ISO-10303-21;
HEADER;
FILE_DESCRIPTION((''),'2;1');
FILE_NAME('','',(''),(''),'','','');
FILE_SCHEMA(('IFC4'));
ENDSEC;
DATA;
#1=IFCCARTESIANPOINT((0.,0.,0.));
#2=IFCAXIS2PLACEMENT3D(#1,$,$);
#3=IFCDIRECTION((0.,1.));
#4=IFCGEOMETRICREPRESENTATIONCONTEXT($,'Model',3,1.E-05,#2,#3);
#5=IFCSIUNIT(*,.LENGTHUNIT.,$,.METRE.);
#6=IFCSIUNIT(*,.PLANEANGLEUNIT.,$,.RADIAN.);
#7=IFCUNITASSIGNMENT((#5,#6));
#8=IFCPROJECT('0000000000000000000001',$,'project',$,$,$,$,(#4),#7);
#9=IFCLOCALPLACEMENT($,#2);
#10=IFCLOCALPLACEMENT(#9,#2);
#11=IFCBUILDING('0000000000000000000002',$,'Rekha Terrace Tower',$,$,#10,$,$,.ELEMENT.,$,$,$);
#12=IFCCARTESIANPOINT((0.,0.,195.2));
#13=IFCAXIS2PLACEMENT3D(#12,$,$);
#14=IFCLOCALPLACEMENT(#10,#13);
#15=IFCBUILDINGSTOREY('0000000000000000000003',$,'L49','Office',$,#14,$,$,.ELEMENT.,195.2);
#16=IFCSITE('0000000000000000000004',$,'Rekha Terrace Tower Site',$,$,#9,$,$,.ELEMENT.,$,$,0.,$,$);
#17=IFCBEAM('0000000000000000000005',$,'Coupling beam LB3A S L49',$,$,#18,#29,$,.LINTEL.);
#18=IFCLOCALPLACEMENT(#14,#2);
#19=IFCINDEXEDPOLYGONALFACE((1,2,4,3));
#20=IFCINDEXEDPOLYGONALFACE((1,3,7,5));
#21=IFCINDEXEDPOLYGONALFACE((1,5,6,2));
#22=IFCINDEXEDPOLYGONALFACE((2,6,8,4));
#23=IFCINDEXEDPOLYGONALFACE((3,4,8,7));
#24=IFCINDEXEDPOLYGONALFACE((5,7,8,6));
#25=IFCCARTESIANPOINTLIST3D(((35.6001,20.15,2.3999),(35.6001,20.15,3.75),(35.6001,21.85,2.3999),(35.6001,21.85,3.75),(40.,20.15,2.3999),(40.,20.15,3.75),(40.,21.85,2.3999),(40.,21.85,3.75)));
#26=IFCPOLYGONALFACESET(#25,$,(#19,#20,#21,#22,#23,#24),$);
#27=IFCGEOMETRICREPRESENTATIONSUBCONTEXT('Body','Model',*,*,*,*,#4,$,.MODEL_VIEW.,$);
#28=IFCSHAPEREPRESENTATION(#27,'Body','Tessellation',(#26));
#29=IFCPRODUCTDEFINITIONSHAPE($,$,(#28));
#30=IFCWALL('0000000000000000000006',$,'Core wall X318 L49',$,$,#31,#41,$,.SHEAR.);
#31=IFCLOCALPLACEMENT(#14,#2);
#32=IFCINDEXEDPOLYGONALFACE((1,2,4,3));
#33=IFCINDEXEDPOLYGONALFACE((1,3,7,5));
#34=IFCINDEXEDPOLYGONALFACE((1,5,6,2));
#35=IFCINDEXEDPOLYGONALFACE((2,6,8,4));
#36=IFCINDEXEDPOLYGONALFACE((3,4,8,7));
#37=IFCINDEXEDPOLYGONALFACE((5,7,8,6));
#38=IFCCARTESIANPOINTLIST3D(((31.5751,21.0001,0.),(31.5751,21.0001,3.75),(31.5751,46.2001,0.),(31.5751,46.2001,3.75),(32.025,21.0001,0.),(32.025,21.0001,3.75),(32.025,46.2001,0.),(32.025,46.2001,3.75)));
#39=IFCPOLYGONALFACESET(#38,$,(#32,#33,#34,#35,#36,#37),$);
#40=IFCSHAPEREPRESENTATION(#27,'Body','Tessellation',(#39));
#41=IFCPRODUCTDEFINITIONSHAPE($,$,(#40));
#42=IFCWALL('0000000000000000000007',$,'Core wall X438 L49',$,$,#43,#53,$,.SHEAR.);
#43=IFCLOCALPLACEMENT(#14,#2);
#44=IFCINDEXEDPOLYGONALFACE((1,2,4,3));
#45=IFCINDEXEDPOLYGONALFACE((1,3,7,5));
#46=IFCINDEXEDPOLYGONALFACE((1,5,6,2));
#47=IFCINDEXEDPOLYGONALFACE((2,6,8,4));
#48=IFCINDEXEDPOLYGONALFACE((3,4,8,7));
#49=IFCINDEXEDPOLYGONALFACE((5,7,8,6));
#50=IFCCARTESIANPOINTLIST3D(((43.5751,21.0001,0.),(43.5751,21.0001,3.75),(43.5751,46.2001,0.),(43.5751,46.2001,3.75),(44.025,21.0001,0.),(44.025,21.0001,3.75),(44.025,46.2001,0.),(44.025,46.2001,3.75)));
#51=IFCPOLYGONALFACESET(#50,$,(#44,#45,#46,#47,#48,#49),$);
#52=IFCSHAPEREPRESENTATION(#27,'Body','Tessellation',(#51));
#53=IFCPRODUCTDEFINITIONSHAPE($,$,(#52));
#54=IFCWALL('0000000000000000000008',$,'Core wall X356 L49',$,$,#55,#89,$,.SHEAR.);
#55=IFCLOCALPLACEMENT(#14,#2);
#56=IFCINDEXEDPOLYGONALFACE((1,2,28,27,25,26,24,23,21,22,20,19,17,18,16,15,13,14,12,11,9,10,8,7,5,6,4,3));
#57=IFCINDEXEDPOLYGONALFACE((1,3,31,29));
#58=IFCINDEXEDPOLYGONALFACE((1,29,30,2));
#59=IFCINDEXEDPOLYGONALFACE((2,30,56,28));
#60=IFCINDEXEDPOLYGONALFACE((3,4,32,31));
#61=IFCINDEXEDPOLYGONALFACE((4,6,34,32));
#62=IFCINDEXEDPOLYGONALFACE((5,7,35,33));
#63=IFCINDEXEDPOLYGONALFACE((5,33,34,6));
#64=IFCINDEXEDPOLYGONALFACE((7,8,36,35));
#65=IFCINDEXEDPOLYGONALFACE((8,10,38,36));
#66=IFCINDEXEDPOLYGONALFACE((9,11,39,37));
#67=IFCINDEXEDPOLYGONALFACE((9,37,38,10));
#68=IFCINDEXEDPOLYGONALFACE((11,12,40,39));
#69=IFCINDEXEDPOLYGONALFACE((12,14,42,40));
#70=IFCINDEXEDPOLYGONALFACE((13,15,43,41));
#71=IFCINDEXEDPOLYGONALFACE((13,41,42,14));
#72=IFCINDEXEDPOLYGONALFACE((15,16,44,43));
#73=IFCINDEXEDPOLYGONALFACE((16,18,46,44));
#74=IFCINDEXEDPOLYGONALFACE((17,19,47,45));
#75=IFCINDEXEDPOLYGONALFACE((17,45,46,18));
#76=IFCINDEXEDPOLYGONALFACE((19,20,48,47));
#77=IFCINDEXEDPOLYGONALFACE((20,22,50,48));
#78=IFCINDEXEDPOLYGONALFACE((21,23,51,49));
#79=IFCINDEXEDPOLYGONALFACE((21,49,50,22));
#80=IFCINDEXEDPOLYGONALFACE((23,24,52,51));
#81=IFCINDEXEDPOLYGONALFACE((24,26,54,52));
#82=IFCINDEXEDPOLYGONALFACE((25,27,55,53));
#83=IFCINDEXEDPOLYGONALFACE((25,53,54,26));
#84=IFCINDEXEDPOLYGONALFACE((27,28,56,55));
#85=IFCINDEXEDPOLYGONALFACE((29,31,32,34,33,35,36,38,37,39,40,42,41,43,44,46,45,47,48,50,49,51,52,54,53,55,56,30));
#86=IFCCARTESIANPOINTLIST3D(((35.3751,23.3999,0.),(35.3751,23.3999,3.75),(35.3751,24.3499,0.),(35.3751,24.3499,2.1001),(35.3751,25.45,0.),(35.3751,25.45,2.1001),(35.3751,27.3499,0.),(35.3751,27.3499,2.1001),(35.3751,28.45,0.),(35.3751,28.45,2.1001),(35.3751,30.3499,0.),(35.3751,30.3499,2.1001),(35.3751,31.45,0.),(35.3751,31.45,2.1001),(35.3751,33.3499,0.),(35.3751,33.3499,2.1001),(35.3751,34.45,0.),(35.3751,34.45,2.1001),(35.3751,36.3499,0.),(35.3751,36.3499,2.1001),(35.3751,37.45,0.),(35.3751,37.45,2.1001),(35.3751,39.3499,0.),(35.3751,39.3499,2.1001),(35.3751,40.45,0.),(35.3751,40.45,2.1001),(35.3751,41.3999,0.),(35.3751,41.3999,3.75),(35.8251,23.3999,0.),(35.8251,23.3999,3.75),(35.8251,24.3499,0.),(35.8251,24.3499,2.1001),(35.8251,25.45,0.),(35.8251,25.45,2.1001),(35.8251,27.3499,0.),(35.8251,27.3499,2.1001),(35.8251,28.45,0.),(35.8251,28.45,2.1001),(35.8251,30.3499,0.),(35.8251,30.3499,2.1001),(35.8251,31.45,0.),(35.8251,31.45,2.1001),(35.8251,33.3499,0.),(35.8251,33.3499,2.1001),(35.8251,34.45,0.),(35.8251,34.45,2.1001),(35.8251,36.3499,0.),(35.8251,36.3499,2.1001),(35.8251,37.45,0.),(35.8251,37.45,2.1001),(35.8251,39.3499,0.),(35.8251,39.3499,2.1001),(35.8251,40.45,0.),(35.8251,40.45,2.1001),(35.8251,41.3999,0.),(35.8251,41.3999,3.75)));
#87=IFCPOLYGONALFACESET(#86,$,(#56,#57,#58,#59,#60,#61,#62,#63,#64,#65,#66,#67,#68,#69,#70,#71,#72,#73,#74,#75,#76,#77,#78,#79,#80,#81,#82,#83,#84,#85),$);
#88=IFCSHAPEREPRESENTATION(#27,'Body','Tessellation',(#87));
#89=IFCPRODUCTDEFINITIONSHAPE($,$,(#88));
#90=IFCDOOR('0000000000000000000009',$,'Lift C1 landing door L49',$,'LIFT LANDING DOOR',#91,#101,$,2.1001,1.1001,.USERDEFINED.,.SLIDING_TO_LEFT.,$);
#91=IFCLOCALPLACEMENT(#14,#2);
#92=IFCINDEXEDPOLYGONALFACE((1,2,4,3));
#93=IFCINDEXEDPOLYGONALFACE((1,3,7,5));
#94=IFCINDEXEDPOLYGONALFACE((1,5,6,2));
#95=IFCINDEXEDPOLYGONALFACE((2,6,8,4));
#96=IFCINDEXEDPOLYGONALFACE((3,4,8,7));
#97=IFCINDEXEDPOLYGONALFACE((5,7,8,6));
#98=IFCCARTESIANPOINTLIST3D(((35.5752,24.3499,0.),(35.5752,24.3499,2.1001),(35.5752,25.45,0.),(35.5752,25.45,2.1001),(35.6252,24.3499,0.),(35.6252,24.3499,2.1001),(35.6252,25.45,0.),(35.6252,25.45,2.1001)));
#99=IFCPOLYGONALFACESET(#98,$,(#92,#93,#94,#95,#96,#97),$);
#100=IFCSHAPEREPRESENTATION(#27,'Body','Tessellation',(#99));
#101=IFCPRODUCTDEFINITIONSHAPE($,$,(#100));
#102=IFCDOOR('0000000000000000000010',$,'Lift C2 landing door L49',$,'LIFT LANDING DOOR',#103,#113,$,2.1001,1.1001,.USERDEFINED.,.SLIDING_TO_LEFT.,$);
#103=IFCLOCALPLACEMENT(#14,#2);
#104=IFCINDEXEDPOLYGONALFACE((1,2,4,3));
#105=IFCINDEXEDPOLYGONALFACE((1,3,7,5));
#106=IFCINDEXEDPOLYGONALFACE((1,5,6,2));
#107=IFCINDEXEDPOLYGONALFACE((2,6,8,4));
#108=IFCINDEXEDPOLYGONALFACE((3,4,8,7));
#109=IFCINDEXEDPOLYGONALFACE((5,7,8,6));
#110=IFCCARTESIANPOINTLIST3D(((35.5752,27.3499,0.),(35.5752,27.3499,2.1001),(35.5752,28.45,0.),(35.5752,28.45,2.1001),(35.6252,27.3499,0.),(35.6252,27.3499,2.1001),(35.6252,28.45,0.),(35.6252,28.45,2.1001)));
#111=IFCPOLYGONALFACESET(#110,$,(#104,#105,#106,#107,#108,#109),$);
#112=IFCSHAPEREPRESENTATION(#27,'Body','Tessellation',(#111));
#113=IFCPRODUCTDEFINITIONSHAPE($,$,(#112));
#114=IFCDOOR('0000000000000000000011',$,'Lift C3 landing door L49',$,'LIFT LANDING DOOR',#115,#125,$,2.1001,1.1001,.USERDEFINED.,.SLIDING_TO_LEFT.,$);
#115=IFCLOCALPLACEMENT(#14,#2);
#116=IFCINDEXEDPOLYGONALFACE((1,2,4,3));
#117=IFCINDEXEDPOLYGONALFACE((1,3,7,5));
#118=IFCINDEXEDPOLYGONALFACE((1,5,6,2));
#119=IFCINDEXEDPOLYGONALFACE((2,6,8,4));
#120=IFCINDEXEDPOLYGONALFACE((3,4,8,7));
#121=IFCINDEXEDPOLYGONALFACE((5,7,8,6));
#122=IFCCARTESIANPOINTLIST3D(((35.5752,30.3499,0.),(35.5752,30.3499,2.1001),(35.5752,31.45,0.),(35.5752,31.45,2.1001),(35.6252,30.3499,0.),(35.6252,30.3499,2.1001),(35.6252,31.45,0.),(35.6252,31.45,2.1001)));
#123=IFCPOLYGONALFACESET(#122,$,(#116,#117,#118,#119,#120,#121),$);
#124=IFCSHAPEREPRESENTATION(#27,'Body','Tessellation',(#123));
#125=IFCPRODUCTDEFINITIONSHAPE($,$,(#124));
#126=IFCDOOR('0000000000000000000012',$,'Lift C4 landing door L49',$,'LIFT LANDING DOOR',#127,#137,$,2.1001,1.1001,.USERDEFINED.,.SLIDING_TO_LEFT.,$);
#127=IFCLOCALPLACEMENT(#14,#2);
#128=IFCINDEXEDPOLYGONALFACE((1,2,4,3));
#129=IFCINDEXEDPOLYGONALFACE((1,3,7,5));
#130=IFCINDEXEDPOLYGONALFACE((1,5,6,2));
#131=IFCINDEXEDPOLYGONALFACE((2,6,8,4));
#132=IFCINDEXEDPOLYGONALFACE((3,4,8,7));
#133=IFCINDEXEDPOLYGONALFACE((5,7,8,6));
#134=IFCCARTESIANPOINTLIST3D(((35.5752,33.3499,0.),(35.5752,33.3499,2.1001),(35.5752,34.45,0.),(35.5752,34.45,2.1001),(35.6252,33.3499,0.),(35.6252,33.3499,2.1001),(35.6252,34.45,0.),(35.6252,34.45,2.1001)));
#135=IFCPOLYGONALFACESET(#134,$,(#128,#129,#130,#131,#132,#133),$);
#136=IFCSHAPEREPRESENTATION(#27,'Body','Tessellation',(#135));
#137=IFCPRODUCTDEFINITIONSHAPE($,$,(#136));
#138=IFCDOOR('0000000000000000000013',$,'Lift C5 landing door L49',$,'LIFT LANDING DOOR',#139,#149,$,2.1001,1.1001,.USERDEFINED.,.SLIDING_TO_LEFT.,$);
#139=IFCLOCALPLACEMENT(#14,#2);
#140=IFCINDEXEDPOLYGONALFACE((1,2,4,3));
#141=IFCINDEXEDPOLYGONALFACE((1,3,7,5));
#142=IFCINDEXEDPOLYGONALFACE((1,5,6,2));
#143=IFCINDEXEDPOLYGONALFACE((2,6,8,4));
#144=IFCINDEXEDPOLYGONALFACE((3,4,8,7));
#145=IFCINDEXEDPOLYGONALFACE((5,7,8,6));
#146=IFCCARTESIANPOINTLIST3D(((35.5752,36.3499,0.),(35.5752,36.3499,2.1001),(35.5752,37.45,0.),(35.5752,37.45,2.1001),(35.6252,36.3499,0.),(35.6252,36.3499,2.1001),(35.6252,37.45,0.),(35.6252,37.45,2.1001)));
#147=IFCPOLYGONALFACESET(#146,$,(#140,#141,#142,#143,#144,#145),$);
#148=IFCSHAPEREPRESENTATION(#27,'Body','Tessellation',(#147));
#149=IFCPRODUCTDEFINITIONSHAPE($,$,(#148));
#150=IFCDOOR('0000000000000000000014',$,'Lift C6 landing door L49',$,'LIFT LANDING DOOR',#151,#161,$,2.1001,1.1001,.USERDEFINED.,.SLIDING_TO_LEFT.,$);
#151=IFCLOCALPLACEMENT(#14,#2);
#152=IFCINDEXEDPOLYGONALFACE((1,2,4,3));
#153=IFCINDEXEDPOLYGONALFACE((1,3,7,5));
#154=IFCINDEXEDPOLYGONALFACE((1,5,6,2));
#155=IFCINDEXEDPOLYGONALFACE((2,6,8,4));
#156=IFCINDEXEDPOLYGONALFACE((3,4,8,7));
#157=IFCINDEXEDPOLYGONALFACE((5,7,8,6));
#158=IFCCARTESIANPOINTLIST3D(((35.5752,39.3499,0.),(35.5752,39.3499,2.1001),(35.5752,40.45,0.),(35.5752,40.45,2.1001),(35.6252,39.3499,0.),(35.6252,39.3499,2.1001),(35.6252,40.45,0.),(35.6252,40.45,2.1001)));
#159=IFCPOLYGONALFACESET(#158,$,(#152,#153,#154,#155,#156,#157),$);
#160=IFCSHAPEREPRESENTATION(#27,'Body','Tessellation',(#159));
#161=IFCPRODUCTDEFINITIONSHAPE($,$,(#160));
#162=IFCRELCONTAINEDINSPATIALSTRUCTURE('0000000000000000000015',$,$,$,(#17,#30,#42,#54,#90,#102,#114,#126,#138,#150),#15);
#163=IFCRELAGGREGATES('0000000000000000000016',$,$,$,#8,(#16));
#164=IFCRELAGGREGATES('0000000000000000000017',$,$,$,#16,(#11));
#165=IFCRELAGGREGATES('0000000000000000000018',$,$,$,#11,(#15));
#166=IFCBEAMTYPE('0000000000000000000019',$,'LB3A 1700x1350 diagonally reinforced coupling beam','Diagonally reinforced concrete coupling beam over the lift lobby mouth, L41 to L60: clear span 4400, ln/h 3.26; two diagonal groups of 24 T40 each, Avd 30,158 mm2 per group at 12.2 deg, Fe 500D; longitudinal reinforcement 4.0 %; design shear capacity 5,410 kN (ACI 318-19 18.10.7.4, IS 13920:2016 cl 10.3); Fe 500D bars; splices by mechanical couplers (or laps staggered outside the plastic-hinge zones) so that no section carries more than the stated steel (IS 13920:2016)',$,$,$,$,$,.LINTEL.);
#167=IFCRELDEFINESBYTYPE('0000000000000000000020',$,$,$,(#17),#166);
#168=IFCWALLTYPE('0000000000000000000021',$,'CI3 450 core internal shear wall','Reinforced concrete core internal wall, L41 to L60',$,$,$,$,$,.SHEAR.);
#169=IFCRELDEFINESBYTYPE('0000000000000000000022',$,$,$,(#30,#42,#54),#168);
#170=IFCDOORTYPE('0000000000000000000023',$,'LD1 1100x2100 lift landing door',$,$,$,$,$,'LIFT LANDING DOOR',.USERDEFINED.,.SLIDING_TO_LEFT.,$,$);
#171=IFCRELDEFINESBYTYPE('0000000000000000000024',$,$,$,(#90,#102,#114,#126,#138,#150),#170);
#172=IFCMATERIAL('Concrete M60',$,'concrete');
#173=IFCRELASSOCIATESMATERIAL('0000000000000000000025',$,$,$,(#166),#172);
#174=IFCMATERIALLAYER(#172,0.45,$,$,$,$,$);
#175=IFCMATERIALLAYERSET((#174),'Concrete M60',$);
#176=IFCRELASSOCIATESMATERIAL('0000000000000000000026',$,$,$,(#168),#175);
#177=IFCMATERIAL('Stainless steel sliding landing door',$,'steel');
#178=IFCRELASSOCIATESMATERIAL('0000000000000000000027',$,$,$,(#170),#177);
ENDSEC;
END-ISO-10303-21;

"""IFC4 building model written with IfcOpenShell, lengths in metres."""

from ifc_helpers import new_model, si_unit, direction, frame, frame_2d, origin, origin_2d, place, context, subcontext, project, spatial, rectangle, extrude, material, layer, layer_set, material_profile, profile_set, type_object, element, fill, save


model = new_model("IFC4")

# Units and contexts
model_context = context("Model", 3, precision=1e-05, world=origin(), true_north=direction((0.0, 1.0)))
body_context = subcontext(model_context, "Body", "Model", "MODEL_VIEW")
ifc_project = project(units=[si_unit("LENGTHUNIT", "METRE"), si_unit("PLANEANGLEUNIT", "RADIAN")], contexts=[model_context])

# Site, building, storey
site_placement = place(None, origin())
site = spatial("IfcSite", under=ifc_project, at=site_placement, Name="Rekha Terrace Tower Site", CompositionType="ELEMENT", RefElevation=0.0)
building_placement = place(site_placement, origin())
building = spatial("IfcBuilding", under=site, at=building_placement, Name="Rekha Terrace Tower", CompositionType="ELEMENT")
storey_placement = place(building_placement, frame((0.0, 0.0, 195.2)))
storey = spatial("IfcBuildingStorey", under=building, at=storey_placement, Name="L49", Description="Office", CompositionType="ELEMENT", Elevation=195.2)

# Beam
ifc_material_1 = material(Name="Concrete M60", Category="concrete")
ifc_material_profile = material_profile(ifc_material_1, rectangle(XDim=1.7, YDim=1.3501, at=origin_2d()), Name="RC 1700x1350")
ifc_profile_set = profile_set([ifc_material_profile], Name="Concrete M60")
beam_type = type_object("IfcBeamType", Name="LB3A 1700x1350 diagonally reinforced coupling beam", Description="Diagonally reinforced concrete coupling beam over the lift lobby mouth, L41 to L60: clear span 4400, ln/h 3.26; two diagonal groups of 24 T40 each, Avd 30,158 mm2 per group at 12.2 deg, Fe 500D; longitudinal reinforcement 4.0 %; design shear capacity 5,410 kN (ACI 318-19 18.10.7.4, IS 13920:2016 cl 10.3); Fe 500D bars; splices by mechanical couplers (or laps staggered outside the plastic-hinge zones) so that no section carries more than the stated steel (IS 13920:2016)", PredefinedType="LINTEL", material=ifc_profile_set)
beam_placement = place(storey_placement, frame((35.6001, 21.0, 3.075), z_axis=(1.0, 0.0, 0.0), x_axis=(0.0, 1.0, 0.0)))
element("IfcBeam", 1, at=beam_placement, inside=storey, type_object=beam_type, Name="Coupling beam LB3A S L49", PredefinedType="LINTEL", context=body_context, shape_type="SweptSolid", body=[
    extrude(rectangle(XDim=1.7, YDim=1.3501, at=origin_2d()), origin(), (0.0, 0.0, 1.0), 4.3999),
])

# Walls
ifc_layer_1 = layer(ifc_material_1, 0.45)
ifc_layer_set_1 = layer_set([ifc_layer_1], Name="Concrete M60")
wall_type_1 = type_object("IfcWallType", Name="CI3 450 core internal shear wall", Description="Reinforced concrete core internal wall, L41 to L60", PredefinedType="SHEAR", material=ifc_layer_set_1)
for number, where, z_axis, x_axis, name in (
    (2, (31.8, 21.0, 0.0), (0.0, 0.0, 1.0), (0.0, 1.0, 0.0), "Core wall X318 L49"),
    (3, (43.8, 21.0, 0.0), (0.0, 0.0, 1.0), (0.0, 1.0, 0.0), "Core wall X438 L49"),
):
    element("IfcWall", number, at=place(storey_placement, frame(where, z_axis=z_axis, x_axis=x_axis)), inside=storey, type_object=wall_type_1, Name=name, PredefinedType="SHEAR", context=body_context, shape_type="SweptSolid", body=[
        extrude(rectangle(XDim=25.2, YDim=0.45, at=frame_2d((12.6001, 0.0))), origin(), (0.0, 0.0, 1.0), 3.75),
    ])

# Wall, openings, doors
wall_1_placement = place(storey_placement, frame((35.6001, 23.3999, 0.0), z_axis=(0.0, 0.0, 1.0), x_axis=(0.0, 1.0, 0.0)))
wall_1 = element("IfcWall", 4, at=wall_1_placement, inside=storey, type_object=wall_type_1, Name="Core wall X356 L49", PredefinedType="SHEAR", context=body_context, shape_type="SweptSolid", body=[
    extrude(rectangle(XDim=18.0, YDim=0.45, at=frame_2d((9.0, 0.0))), origin(), (0.0, 0.0, 1.0), 3.75),
])
opening_1_placement = place(wall_1_placement, frame((0.95, 0.0, 0.0)))
opening_1 = element("IfcOpeningElement", 5, at=opening_1_placement, cuts=wall_1, PredefinedType="OPENING", context=body_context, shape_type="SweptSolid", body=[
    extrude(rectangle(XDim=1.1001, YDim=2.1001, at=frame_2d((0.55, 1.05))), frame((0.0, 0.2349, 0.0), z_axis=(0.0, -1.0, 0.0), x_axis=(1.0, 0.0, 0.0)), (0.0, 0.0, 1.0), 0.47),
])
opening_2_placement = place(wall_1_placement, frame((3.95, 0.0, 0.0)))
opening_2 = element("IfcOpeningElement", 6, at=opening_2_placement, cuts=wall_1, PredefinedType="OPENING", context=body_context, shape_type="SweptSolid", body=[
    extrude(rectangle(XDim=1.1001, YDim=2.1001, at=frame_2d((0.55, 1.05))), frame((0.0, 0.2349, 0.0), z_axis=(0.0, -1.0, 0.0), x_axis=(1.0, 0.0, 0.0)), (0.0, 0.0, 1.0), 0.47),
])
opening_3_placement = place(wall_1_placement, frame((6.95, 0.0, 0.0)))
opening_3 = element("IfcOpeningElement", 7, at=opening_3_placement, cuts=wall_1, PredefinedType="OPENING", context=body_context, shape_type="SweptSolid", body=[
    extrude(rectangle(XDim=1.1001, YDim=2.1001, at=frame_2d((0.55, 1.05))), frame((0.0, 0.2349, 0.0), z_axis=(0.0, -1.0, 0.0), x_axis=(1.0, 0.0, 0.0)), (0.0, 0.0, 1.0), 0.47),
])
opening_4_placement = place(wall_1_placement, frame((9.95, 0.0, 0.0)))
opening_4 = element("IfcOpeningElement", 8, at=opening_4_placement, cuts=wall_1, PredefinedType="OPENING", context=body_context, shape_type="SweptSolid", body=[
    extrude(rectangle(XDim=1.1001, YDim=2.1001, at=frame_2d((0.55, 1.05))), frame((0.0, 0.2349, 0.0), z_axis=(0.0, -1.0, 0.0), x_axis=(1.0, 0.0, 0.0)), (0.0, 0.0, 1.0), 0.47),
])
opening_5_placement = place(wall_1_placement, frame((12.95, 0.0, 0.0)))
opening_5 = element("IfcOpeningElement", 9, at=opening_5_placement, cuts=wall_1, PredefinedType="OPENING", context=body_context, shape_type="SweptSolid", body=[
    extrude(rectangle(XDim=1.1001, YDim=2.1001, at=frame_2d((0.55, 1.05))), frame((0.0, 0.2349, 0.0), z_axis=(0.0, -1.0, 0.0), x_axis=(1.0, 0.0, 0.0)), (0.0, 0.0, 1.0), 0.47),
])
opening_6_placement = place(wall_1_placement, frame((15.95, 0.0, 0.0)))
opening_6 = element("IfcOpeningElement", 10, at=opening_6_placement, cuts=wall_1, PredefinedType="OPENING", context=body_context, shape_type="SweptSolid", body=[
    extrude(rectangle(XDim=1.1001, YDim=2.1001, at=frame_2d((0.55, 1.05))), frame((0.0, 0.2349, 0.0), z_axis=(0.0, -1.0, 0.0), x_axis=(1.0, 0.0, 0.0)), (0.0, 0.0, 1.0), 0.47),
])
ifc_material_2 = material(Name="Stainless steel sliding landing door", Category="steel")
door_type_1 = type_object("IfcDoorType", Name="LD1 1100x2100 lift landing door", ElementType="LIFT LANDING DOOR", OperationType="SLIDING_TO_LEFT", PredefinedType="USERDEFINED", material=ifc_material_2)
door_1_placement = place(opening_1_placement, origin())
door_1 = element("IfcDoor", 11, at=door_1_placement, inside=storey, type_object=door_type_1, Name="Lift C1 landing door L49", ObjectType="LIFT LANDING DOOR", OperationType="SLIDING_TO_LEFT", OverallHeight=2.1001, OverallWidth=1.1001, PredefinedType="USERDEFINED", context=body_context, shape_type="SweptSolid", body=[
    extrude(rectangle(XDim=1.1001, YDim=2.1001, at=frame_2d((0.55, 1.05))), frame((0.0, 0.0249, 0.0), z_axis=(0.0, -1.0, 0.0), x_axis=(1.0, 0.0, 0.0)), (0.0, 0.0, 1.0), 0.05),
])
fill(opening_1, door_1)
door_2_placement = place(opening_2_placement, origin())
door_2 = element("IfcDoor", 12, at=door_2_placement, inside=storey, type_object=door_type_1, Name="Lift C2 landing door L49", ObjectType="LIFT LANDING DOOR", OperationType="SLIDING_TO_LEFT", OverallHeight=2.1001, OverallWidth=1.1001, PredefinedType="USERDEFINED", context=body_context, shape_type="SweptSolid", body=[
    extrude(rectangle(XDim=1.1001, YDim=2.1001, at=frame_2d((0.55, 1.05))), frame((0.0, 0.0249, 0.0), z_axis=(0.0, -1.0, 0.0), x_axis=(1.0, 0.0, 0.0)), (0.0, 0.0, 1.0), 0.05),
])
fill(opening_2, door_2)
door_3_placement = place(opening_3_placement, origin())
door_3 = element("IfcDoor", 13, at=door_3_placement, inside=storey, type_object=door_type_1, Name="Lift C3 landing door L49", ObjectType="LIFT LANDING DOOR", OperationType="SLIDING_TO_LEFT", OverallHeight=2.1001, OverallWidth=1.1001, PredefinedType="USERDEFINED", context=body_context, shape_type="SweptSolid", body=[
    extrude(rectangle(XDim=1.1001, YDim=2.1001, at=frame_2d((0.55, 1.05))), frame((0.0, 0.0249, 0.0), z_axis=(0.0, -1.0, 0.0), x_axis=(1.0, 0.0, 0.0)), (0.0, 0.0, 1.0), 0.05),
])
fill(opening_3, door_3)
door_4_placement = place(opening_4_placement, origin())
door_4 = element("IfcDoor", 14, at=door_4_placement, inside=storey, type_object=door_type_1, Name="Lift C4 landing door L49", ObjectType="LIFT LANDING DOOR", OperationType="SLIDING_TO_LEFT", OverallHeight=2.1001, OverallWidth=1.1001, PredefinedType="USERDEFINED", context=body_context, shape_type="SweptSolid", body=[
    extrude(rectangle(XDim=1.1001, YDim=2.1001, at=frame_2d((0.55, 1.05))), frame((0.0, 0.0249, 0.0), z_axis=(0.0, -1.0, 0.0), x_axis=(1.0, 0.0, 0.0)), (0.0, 0.0, 1.0), 0.05),
])
fill(opening_4, door_4)
door_5_placement = place(opening_5_placement, origin())
door_5 = element("IfcDoor", 15, at=door_5_placement, inside=storey, type_object=door_type_1, Name="Lift C5 landing door L49", ObjectType="LIFT LANDING DOOR", OperationType="SLIDING_TO_LEFT", OverallHeight=2.1001, OverallWidth=1.1001, PredefinedType="USERDEFINED", context=body_context, shape_type="SweptSolid", body=[
    extrude(rectangle(XDim=1.1001, YDim=2.1001, at=frame_2d((0.55, 1.05))), frame((0.0, 0.0249, 0.0), z_axis=(0.0, -1.0, 0.0), x_axis=(1.0, 0.0, 0.0)), (0.0, 0.0, 1.0), 0.05),
])
fill(opening_5, door_5)
door_6_placement = place(opening_6_placement, origin())
door_6 = element("IfcDoor", 16, at=door_6_placement, inside=storey, type_object=door_type_1, Name="Lift C6 landing door L49", ObjectType="LIFT LANDING DOOR", OperationType="SLIDING_TO_LEFT", OverallHeight=2.1001, OverallWidth=1.1001, PredefinedType="USERDEFINED", context=body_context, shape_type="SweptSolid", body=[
    extrude(rectangle(XDim=1.1001, YDim=2.1001, at=frame_2d((0.55, 1.05))), frame((0.0, 0.0249, 0.0), z_axis=(0.0, -1.0, 0.0), x_axis=(1.0, 0.0, 0.0)), (0.0, 0.0, 1.0), 0.05),
])
fill(opening_6, door_6)

save(model, "model.ifc")
